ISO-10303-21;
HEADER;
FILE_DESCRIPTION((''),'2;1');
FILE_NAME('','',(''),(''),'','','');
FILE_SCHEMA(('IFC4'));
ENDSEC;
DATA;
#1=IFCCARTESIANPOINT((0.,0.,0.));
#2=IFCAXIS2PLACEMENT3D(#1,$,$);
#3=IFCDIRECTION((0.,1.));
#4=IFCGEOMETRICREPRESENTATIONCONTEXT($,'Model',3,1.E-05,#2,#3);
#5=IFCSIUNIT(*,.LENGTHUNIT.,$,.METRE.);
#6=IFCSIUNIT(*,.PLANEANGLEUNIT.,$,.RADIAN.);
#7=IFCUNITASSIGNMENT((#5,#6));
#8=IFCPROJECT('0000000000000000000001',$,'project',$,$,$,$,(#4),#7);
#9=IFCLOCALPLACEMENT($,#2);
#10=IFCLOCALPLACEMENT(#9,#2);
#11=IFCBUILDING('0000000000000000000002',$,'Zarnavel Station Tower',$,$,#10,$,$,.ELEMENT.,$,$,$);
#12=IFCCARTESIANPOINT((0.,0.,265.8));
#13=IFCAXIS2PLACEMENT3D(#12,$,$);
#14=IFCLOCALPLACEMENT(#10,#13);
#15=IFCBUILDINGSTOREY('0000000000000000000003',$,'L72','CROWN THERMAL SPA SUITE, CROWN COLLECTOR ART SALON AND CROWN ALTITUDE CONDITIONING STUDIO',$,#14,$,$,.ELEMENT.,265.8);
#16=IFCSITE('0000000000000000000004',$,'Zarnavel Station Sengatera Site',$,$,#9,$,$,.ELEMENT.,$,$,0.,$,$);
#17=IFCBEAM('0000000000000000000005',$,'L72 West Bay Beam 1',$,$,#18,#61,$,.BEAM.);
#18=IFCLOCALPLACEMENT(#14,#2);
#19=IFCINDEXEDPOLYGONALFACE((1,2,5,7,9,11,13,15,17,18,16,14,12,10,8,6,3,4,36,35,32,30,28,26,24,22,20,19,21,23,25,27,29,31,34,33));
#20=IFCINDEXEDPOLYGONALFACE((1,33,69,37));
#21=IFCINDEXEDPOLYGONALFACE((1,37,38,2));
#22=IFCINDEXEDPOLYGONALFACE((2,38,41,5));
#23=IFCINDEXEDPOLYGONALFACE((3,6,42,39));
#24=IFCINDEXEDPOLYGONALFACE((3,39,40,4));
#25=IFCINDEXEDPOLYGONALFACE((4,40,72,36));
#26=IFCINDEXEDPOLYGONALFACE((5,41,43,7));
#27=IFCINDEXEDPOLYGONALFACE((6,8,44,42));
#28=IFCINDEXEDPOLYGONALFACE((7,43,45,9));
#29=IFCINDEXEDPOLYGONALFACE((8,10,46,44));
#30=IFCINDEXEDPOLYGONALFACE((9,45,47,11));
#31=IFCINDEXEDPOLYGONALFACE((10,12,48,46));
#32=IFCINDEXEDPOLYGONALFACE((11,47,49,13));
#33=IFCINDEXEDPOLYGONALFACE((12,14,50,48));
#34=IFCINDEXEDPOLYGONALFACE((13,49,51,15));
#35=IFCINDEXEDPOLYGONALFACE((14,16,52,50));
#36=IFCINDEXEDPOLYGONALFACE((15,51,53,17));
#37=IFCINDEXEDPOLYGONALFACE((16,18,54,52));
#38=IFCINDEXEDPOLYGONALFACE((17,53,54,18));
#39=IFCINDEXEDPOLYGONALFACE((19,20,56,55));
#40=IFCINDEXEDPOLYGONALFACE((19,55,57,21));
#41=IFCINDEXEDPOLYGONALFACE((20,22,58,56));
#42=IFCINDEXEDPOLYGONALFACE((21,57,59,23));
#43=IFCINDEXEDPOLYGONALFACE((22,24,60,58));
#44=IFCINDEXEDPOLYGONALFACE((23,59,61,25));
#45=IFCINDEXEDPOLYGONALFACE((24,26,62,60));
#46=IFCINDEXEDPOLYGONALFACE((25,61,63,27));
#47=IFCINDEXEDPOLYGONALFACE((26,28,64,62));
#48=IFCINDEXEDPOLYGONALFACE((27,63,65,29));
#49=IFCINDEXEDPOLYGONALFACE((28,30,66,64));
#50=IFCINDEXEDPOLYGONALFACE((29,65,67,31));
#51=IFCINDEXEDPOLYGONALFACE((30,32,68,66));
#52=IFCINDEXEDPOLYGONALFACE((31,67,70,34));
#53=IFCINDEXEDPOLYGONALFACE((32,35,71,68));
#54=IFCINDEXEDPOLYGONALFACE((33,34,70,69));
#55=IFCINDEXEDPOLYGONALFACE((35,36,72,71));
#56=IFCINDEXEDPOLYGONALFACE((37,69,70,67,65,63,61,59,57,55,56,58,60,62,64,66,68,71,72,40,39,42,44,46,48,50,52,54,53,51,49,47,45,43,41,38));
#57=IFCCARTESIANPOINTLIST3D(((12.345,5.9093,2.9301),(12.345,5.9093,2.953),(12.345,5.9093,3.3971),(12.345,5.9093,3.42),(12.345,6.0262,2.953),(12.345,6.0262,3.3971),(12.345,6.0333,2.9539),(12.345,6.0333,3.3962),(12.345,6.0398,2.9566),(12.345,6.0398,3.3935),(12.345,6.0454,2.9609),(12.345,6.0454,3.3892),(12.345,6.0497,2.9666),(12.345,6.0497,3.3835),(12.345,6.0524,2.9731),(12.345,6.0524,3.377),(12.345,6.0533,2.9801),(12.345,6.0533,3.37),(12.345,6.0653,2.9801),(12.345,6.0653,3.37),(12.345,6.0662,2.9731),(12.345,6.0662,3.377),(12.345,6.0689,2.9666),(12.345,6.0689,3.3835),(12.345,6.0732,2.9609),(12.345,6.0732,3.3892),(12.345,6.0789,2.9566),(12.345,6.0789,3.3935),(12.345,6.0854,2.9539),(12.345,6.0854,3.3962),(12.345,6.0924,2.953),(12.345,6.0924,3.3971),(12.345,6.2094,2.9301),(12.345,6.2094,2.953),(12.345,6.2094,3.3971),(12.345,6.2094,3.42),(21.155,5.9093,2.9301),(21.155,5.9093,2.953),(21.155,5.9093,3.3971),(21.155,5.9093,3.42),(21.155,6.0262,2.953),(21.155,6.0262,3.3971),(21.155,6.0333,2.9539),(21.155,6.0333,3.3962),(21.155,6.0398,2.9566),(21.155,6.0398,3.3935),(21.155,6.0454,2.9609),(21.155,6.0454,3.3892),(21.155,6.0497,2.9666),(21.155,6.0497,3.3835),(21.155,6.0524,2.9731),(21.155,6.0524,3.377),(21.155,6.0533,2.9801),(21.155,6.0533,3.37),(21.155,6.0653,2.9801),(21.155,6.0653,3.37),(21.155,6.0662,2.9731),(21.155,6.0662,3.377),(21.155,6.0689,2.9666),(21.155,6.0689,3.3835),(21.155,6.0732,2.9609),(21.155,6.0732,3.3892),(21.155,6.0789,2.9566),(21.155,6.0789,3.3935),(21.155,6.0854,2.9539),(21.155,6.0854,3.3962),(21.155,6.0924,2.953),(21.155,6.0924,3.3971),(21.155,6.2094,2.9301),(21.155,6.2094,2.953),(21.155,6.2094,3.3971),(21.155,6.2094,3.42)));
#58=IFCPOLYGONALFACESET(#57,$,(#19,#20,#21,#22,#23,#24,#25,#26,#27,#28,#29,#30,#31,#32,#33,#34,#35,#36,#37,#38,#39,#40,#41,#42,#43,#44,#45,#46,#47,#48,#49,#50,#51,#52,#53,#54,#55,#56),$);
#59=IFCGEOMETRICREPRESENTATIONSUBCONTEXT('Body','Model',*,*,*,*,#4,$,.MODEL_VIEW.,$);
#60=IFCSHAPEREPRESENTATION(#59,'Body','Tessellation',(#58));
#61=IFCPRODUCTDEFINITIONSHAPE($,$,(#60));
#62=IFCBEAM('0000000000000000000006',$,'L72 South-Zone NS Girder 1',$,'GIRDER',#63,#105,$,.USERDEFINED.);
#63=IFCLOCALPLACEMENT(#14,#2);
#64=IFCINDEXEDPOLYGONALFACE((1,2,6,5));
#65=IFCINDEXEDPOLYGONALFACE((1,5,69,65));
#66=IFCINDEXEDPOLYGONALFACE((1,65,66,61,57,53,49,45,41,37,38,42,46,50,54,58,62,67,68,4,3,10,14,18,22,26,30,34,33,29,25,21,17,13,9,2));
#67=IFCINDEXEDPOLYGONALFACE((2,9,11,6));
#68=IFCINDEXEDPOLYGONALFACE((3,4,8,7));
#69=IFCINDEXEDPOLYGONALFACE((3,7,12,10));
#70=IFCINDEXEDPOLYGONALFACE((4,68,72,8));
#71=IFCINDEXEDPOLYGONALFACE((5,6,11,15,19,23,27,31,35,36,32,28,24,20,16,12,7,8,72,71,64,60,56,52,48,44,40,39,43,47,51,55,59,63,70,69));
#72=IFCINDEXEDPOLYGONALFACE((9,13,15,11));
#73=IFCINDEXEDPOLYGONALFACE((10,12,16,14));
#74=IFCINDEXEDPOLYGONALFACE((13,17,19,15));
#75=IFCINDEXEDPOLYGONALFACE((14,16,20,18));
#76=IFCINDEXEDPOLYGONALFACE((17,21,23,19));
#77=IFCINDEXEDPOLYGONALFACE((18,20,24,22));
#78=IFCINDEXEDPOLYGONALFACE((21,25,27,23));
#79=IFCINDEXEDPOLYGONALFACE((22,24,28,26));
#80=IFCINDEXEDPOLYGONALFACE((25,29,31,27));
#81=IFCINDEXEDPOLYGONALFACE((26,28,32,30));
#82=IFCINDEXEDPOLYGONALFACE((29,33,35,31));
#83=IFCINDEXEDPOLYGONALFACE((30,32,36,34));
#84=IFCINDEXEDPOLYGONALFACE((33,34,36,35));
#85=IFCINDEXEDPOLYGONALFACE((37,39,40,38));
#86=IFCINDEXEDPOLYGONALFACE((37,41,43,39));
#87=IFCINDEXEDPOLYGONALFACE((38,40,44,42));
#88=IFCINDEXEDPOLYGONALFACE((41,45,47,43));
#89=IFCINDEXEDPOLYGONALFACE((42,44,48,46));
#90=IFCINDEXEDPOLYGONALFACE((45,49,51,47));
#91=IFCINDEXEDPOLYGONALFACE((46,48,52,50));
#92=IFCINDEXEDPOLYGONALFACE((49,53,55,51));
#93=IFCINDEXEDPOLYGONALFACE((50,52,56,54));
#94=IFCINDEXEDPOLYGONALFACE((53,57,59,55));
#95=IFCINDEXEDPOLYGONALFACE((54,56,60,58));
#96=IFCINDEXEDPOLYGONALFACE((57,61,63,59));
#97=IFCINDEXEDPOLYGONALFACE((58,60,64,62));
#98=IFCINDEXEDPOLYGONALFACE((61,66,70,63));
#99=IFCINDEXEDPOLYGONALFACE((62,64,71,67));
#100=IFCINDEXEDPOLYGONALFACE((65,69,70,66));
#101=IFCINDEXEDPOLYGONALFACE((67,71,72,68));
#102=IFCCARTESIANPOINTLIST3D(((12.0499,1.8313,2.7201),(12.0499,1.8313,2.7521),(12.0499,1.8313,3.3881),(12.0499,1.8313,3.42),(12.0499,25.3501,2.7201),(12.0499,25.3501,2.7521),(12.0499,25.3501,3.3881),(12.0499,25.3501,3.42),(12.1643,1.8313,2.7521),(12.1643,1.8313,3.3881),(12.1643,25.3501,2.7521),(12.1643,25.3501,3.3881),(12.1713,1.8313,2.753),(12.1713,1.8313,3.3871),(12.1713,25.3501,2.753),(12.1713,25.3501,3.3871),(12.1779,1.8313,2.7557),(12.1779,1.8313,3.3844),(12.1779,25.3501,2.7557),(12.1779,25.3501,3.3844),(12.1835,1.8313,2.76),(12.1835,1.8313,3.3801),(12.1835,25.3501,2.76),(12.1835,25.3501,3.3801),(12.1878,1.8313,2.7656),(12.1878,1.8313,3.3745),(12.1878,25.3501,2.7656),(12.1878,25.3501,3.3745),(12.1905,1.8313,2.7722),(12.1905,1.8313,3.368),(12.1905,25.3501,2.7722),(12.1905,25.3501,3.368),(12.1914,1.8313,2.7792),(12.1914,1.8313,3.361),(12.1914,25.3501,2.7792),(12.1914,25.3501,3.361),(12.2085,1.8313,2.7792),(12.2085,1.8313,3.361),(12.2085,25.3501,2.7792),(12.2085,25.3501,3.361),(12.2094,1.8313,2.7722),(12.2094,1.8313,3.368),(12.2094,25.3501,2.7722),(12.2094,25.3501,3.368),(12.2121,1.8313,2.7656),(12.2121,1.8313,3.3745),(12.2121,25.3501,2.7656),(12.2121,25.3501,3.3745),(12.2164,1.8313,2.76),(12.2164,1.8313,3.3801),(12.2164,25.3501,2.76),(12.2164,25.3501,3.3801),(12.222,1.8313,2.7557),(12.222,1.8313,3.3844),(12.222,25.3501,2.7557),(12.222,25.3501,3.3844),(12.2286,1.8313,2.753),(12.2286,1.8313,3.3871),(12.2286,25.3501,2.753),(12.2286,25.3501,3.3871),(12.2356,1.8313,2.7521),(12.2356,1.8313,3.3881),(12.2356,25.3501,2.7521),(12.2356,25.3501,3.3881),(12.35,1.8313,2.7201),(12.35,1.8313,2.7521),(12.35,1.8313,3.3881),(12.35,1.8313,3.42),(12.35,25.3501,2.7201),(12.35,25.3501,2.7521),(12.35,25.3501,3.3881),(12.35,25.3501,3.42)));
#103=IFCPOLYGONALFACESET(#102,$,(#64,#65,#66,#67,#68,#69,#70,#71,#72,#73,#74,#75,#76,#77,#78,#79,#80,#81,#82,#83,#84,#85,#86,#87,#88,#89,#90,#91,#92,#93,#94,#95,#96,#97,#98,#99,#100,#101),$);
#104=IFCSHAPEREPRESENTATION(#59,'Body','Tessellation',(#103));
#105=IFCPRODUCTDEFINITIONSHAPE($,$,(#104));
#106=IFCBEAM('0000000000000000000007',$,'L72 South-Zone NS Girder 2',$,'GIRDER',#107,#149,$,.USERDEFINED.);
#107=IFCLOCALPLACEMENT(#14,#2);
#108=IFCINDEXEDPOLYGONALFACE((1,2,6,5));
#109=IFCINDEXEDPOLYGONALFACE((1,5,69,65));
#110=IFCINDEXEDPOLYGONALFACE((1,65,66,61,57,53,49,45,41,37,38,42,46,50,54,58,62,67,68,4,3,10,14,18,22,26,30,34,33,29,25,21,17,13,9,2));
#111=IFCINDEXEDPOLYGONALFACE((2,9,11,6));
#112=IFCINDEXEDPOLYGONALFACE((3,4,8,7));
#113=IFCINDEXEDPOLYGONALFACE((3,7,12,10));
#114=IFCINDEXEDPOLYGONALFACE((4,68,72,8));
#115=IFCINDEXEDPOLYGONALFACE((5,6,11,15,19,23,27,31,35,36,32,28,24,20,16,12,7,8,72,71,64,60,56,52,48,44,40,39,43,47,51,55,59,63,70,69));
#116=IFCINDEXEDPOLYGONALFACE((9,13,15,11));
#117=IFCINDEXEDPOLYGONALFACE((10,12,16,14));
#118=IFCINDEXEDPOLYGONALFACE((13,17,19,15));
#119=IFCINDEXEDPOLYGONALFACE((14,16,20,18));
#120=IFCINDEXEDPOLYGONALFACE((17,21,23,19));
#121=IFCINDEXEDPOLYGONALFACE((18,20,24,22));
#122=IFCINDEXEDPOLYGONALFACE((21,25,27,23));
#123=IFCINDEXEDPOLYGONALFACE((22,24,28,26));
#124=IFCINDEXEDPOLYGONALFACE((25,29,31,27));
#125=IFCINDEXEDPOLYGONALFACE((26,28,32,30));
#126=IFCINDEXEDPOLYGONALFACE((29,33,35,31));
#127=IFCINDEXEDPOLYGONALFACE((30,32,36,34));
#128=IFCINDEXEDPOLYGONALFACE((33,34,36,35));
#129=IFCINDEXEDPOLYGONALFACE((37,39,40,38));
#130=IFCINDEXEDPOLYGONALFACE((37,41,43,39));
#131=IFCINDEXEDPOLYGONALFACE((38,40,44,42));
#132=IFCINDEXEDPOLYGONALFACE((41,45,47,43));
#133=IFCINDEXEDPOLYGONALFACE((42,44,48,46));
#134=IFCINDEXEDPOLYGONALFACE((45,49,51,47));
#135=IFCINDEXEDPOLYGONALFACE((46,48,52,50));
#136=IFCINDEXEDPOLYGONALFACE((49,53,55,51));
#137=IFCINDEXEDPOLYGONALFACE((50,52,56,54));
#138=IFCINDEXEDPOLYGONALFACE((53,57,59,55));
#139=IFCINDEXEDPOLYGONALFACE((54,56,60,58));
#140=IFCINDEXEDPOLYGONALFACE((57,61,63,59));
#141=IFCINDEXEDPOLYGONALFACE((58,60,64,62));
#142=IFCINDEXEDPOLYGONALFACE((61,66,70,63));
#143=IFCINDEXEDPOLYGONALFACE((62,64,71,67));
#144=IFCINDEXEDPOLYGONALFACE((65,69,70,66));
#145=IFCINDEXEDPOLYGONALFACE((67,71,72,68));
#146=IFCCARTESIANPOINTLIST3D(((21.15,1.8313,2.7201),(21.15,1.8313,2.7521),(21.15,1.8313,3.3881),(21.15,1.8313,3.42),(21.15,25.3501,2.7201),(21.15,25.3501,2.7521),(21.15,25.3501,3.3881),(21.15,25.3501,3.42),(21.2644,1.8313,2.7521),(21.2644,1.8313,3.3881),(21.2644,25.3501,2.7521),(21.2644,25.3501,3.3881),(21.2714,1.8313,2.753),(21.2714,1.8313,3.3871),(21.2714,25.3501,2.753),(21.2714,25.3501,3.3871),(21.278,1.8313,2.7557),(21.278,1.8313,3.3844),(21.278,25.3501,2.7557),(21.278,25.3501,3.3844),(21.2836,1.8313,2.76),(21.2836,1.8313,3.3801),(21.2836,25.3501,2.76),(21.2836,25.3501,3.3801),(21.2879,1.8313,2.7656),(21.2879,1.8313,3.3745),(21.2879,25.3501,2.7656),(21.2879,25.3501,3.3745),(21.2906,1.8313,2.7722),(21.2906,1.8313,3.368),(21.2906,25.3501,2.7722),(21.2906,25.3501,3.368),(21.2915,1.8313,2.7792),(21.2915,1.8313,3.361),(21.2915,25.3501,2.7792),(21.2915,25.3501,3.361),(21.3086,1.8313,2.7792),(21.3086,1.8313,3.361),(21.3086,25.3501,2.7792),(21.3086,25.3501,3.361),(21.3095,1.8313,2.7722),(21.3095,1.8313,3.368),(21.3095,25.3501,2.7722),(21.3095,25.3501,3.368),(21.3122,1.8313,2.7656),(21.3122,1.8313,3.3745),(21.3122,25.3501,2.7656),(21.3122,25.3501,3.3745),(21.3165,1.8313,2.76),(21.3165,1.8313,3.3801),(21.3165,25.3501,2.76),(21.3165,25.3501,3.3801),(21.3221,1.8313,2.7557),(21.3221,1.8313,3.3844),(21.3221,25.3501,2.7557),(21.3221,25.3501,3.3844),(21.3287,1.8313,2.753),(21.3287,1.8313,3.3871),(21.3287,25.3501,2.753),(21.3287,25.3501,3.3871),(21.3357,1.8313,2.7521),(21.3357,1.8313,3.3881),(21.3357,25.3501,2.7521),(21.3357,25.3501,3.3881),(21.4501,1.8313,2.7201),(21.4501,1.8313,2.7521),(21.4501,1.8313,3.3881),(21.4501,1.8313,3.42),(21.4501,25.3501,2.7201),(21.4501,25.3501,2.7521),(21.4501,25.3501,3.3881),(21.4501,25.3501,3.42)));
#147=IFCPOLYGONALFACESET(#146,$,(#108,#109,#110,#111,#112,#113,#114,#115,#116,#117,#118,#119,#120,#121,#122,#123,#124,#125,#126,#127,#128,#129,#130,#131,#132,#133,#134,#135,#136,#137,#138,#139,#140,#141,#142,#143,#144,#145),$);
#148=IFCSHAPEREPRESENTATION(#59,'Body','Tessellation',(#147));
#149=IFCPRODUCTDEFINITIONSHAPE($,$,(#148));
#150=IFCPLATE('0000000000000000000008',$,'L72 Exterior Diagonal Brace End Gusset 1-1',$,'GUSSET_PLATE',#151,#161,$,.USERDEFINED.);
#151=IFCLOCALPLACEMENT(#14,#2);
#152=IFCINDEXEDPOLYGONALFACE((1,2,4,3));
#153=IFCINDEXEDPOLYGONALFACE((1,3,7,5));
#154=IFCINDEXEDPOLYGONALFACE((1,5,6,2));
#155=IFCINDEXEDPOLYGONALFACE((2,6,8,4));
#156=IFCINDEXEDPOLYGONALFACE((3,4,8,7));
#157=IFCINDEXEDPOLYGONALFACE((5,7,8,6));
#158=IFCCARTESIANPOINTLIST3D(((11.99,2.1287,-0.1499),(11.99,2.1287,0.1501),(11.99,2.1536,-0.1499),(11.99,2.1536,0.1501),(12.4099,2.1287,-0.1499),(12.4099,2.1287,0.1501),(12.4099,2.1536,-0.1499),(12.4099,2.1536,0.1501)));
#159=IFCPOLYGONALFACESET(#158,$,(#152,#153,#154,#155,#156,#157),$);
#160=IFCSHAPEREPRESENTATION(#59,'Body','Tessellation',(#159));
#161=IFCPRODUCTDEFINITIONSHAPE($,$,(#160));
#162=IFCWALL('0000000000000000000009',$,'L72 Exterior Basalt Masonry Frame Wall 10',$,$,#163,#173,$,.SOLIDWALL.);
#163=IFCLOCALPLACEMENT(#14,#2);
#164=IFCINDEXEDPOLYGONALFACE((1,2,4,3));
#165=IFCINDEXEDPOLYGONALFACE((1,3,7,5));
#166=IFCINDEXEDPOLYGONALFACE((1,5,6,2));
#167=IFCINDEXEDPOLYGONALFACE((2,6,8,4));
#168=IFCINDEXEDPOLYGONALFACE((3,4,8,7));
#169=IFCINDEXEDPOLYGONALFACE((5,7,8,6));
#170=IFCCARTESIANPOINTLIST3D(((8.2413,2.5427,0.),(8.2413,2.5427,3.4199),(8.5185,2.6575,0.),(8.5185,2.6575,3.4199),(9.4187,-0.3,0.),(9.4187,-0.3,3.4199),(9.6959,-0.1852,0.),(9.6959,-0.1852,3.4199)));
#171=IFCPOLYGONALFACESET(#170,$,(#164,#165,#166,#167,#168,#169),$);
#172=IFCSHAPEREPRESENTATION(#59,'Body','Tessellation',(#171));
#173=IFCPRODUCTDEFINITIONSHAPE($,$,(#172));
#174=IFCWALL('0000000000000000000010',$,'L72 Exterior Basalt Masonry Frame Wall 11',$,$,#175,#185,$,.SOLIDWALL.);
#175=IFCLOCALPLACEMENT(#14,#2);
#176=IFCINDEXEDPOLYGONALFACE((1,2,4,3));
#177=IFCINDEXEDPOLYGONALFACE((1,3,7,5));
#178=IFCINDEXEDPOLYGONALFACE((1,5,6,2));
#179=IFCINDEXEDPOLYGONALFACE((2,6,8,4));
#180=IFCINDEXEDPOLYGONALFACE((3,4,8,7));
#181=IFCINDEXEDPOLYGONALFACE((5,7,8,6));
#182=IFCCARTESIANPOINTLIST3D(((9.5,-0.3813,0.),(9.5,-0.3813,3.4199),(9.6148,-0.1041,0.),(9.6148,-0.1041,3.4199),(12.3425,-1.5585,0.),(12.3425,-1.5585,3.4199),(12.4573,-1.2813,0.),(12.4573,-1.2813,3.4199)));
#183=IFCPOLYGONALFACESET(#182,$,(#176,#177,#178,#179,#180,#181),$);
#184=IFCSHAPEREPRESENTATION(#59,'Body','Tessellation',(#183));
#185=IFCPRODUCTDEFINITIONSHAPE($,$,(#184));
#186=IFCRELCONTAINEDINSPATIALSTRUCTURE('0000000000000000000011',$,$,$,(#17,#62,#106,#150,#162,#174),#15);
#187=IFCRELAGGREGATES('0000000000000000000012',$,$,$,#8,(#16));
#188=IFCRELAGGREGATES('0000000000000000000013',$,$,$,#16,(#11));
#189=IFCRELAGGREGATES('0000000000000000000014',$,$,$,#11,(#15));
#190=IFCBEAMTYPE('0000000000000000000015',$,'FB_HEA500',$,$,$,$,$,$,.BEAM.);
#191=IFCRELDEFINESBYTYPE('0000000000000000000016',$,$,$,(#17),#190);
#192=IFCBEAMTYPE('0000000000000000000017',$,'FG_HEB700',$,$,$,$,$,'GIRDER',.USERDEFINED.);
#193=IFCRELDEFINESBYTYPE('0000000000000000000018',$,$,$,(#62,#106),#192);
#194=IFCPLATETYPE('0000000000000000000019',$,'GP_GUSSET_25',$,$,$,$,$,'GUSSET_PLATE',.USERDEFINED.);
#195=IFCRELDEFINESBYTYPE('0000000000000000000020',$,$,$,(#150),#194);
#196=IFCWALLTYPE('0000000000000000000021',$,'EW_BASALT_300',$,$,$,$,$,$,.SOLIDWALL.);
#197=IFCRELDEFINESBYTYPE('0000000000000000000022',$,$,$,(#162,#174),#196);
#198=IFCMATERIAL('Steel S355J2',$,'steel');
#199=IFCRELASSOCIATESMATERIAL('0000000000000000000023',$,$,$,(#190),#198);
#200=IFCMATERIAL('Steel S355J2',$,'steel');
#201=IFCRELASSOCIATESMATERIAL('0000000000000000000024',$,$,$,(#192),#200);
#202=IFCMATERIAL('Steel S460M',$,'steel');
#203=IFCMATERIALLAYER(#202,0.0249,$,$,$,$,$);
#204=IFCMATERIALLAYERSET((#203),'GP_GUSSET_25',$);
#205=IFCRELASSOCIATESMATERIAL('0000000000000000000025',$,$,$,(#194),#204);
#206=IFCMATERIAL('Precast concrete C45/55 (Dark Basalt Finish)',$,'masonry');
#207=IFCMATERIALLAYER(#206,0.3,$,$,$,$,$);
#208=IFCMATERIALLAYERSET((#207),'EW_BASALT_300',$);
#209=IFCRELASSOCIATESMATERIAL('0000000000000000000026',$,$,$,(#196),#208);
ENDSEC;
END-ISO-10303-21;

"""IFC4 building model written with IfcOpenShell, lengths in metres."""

from ifc_helpers import new_model, si_unit, direction, frame, frame_2d, origin, origin_2d, place, context, subcontext, project, spatial, rectangle, i_section, extrude, material, layer, layer_set, material_profile, profile_set, type_object, element, save


model = new_model("IFC4")

# Units and contexts
model_context = context("Model", 3, precision=1e-05, world=origin(), true_north=direction((0.0, 1.0)))
body_context = subcontext(model_context, "Body", "Model", "MODEL_VIEW")
ifc_project = project(units=[si_unit("LENGTHUNIT", "METRE"), si_unit("PLANEANGLEUNIT", "RADIAN")], contexts=[model_context])

# Site, building, storey
site_placement = place(None, origin())
site = spatial("IfcSite", under=ifc_project, at=site_placement, Name="Zarnavel Station Sengatera Site", CompositionType="ELEMENT", RefElevation=0.0)
building_placement = place(site_placement, origin())
building = spatial("IfcBuilding", under=site, at=building_placement, Name="Zarnavel Station Tower", CompositionType="ELEMENT")
storey_placement = place(building_placement, frame((0.0, 0.0, 265.8)))
storey = spatial("IfcBuildingStorey", under=building, at=storey_placement, Name="L72", Description="CROWN THERMAL SPA SUITE, CROWN COLLECTOR ART SALON AND CROWN ALTITUDE CONDITIONING STUDIO", CompositionType="ELEMENT", Elevation=265.8)

# Beams
ifc_material_1 = material(Name="Steel S355J2", Category="steel")
ifc_material_profile_1 = material_profile(ifc_material_1, i_section(OverallWidth=0.3, OverallDepth=0.49, WebThickness=0.012, FlangeThickness=0.0229, FilletRadius=0.0271, at=origin_2d()), Name="HEA500")
ifc_profile_set_1 = profile_set([ifc_material_profile_1], Name="Steel S355J2")
beam_type_1 = type_object("IfcBeamType", Name="FB_HEA500", PredefinedType="BEAM", material=ifc_profile_set_1)
beam_1_placement = place(storey_placement, frame((12.345, 6.0593, 3.175), z_axis=(1.0, 0.0, 0.0), x_axis=(0.0, 1.0, 0.0)))
element("IfcBeam", 1, at=beam_1_placement, inside=storey, type_object=beam_type_1, Name="L72 West Bay Beam 1", PredefinedType="BEAM", context=body_context, shape_type="SweptSolid", body=[
    extrude(i_section(OverallWidth=0.3, OverallDepth=0.49, WebThickness=0.012, FlangeThickness=0.0229, FilletRadius=0.0271, at=origin_2d()), origin(), (0.0, 0.0, 1.0), 8.8101),
])
ifc_material_2 = material(Name="Steel S355J2", Category="steel")
ifc_material_profile_2 = material_profile(ifc_material_2, i_section(OverallWidth=0.3, OverallDepth=0.7, WebThickness=0.0171, FlangeThickness=0.032, FilletRadius=0.0271, at=origin_2d()), Name="HEB700")
ifc_profile_set_2 = profile_set([ifc_material_profile_2], Name="Steel S355J2")
beam_type_2 = type_object("IfcBeamType", Name="FG_HEB700", ElementType="GIRDER", PredefinedType="USERDEFINED", material=ifc_profile_set_2)
for number, where, z_axis, x_axis, name in (
    (2, (12.2, 1.8313, 3.0701), (0.0, 1.0, 0.0), (-1.0, 0.0, 0.0), "L72 South-Zone NS Girder 1"),
    (3, (21.3, 1.8313, 3.0701), (0.0, 1.0, 0.0), (-1.0, 0.0, 0.0), "L72 South-Zone NS Girder 2"),
):
    element("IfcBeam", number, at=place(storey_placement, frame(where, z_axis=z_axis, x_axis=x_axis)), inside=storey, type_object=beam_type_2, Name=name, ObjectType="GIRDER", PredefinedType="USERDEFINED", context=body_context, shape_type="SweptSolid", body=[
        extrude(i_section(OverallWidth=0.3, OverallDepth=0.7, WebThickness=0.0171, FlangeThickness=0.032, FilletRadius=0.0271, at=origin_2d()), origin(), (0.0, 0.0, 1.0), 23.5188),
    ])

# Plate
ifc_material_3 = material(Name="Steel S460M", Category="steel")
ifc_layer_1 = layer(ifc_material_3, 0.0249)
ifc_layer_set_1 = layer_set([ifc_layer_1], Name="GP_GUSSET_25")
plate_type = type_object("IfcPlateType", Name="GP_GUSSET_25", ElementType="GUSSET_PLATE", PredefinedType="USERDEFINED", material=ifc_layer_set_1)
plate_placement = place(storey_placement, frame((12.2, 2.1411, -0.1499), z_axis=(0.0, 0.0, 1.0), x_axis=(1.0, 0.0, 0.0)))
element("IfcPlate", 4, at=plate_placement, inside=storey, type_object=plate_type, Name="L72 Exterior Diagonal Brace End Gusset 1-1", ObjectType="GUSSET_PLATE", PredefinedType="USERDEFINED", context=body_context, shape_type="SweptSolid", body=[
    extrude(rectangle(XDim=0.4199, YDim=0.0249, at=origin_2d()), origin(), (0.0, 0.0, 1.0), 0.3),
])

# Walls
ifc_material_4 = material(Name="Precast concrete C45/55 (Dark Basalt Finish)", Category="masonry")
ifc_layer_2 = layer(ifc_material_4, 0.3)
ifc_layer_set_2 = layer_set([ifc_layer_2], Name="EW_BASALT_300")
wall_type_1 = type_object("IfcWallType", Name="EW_BASALT_300", PredefinedType="SOLIDWALL", material=ifc_layer_set_2)
wall_1_placement = place(storey_placement, frame((9.5574, -0.2427, 0.0), z_axis=(0.0, 0.0, 1.0), x_axis=(-0.382676, 0.923882, 0.0)))
element("IfcWall", 5, at=wall_1_placement, inside=storey, type_object=wall_type_1, Name="L72 Exterior Basalt Masonry Frame Wall 10", PredefinedType="SOLIDWALL", context=body_context, shape_type="SweptSolid", body=[
    extrude(rectangle(XDim=3.0769, YDim=0.3, at=frame_2d((1.5386, 0.0))), origin(), (0.0, 0.0, 1.0), 3.4199),
])
wall_2_placement = place(storey_placement, frame((12.3999, -1.4199, 0.0), z_axis=(0.0, 0.0, 1.0), x_axis=(-0.923899, 0.382637, 0.0)))
element("IfcWall", 6, at=wall_2_placement, inside=storey, type_object=wall_type_1, Name="L72 Exterior Basalt Masonry Frame Wall 11", PredefinedType="SOLIDWALL", context=body_context, shape_type="SweptSolid", body=[
    extrude(rectangle(XDim=3.0767, YDim=0.3, at=frame_2d((1.5383, 0.0))), origin(), (0.0, 0.0, 1.0), 3.4199),
])

save(model, "model.ifc")
